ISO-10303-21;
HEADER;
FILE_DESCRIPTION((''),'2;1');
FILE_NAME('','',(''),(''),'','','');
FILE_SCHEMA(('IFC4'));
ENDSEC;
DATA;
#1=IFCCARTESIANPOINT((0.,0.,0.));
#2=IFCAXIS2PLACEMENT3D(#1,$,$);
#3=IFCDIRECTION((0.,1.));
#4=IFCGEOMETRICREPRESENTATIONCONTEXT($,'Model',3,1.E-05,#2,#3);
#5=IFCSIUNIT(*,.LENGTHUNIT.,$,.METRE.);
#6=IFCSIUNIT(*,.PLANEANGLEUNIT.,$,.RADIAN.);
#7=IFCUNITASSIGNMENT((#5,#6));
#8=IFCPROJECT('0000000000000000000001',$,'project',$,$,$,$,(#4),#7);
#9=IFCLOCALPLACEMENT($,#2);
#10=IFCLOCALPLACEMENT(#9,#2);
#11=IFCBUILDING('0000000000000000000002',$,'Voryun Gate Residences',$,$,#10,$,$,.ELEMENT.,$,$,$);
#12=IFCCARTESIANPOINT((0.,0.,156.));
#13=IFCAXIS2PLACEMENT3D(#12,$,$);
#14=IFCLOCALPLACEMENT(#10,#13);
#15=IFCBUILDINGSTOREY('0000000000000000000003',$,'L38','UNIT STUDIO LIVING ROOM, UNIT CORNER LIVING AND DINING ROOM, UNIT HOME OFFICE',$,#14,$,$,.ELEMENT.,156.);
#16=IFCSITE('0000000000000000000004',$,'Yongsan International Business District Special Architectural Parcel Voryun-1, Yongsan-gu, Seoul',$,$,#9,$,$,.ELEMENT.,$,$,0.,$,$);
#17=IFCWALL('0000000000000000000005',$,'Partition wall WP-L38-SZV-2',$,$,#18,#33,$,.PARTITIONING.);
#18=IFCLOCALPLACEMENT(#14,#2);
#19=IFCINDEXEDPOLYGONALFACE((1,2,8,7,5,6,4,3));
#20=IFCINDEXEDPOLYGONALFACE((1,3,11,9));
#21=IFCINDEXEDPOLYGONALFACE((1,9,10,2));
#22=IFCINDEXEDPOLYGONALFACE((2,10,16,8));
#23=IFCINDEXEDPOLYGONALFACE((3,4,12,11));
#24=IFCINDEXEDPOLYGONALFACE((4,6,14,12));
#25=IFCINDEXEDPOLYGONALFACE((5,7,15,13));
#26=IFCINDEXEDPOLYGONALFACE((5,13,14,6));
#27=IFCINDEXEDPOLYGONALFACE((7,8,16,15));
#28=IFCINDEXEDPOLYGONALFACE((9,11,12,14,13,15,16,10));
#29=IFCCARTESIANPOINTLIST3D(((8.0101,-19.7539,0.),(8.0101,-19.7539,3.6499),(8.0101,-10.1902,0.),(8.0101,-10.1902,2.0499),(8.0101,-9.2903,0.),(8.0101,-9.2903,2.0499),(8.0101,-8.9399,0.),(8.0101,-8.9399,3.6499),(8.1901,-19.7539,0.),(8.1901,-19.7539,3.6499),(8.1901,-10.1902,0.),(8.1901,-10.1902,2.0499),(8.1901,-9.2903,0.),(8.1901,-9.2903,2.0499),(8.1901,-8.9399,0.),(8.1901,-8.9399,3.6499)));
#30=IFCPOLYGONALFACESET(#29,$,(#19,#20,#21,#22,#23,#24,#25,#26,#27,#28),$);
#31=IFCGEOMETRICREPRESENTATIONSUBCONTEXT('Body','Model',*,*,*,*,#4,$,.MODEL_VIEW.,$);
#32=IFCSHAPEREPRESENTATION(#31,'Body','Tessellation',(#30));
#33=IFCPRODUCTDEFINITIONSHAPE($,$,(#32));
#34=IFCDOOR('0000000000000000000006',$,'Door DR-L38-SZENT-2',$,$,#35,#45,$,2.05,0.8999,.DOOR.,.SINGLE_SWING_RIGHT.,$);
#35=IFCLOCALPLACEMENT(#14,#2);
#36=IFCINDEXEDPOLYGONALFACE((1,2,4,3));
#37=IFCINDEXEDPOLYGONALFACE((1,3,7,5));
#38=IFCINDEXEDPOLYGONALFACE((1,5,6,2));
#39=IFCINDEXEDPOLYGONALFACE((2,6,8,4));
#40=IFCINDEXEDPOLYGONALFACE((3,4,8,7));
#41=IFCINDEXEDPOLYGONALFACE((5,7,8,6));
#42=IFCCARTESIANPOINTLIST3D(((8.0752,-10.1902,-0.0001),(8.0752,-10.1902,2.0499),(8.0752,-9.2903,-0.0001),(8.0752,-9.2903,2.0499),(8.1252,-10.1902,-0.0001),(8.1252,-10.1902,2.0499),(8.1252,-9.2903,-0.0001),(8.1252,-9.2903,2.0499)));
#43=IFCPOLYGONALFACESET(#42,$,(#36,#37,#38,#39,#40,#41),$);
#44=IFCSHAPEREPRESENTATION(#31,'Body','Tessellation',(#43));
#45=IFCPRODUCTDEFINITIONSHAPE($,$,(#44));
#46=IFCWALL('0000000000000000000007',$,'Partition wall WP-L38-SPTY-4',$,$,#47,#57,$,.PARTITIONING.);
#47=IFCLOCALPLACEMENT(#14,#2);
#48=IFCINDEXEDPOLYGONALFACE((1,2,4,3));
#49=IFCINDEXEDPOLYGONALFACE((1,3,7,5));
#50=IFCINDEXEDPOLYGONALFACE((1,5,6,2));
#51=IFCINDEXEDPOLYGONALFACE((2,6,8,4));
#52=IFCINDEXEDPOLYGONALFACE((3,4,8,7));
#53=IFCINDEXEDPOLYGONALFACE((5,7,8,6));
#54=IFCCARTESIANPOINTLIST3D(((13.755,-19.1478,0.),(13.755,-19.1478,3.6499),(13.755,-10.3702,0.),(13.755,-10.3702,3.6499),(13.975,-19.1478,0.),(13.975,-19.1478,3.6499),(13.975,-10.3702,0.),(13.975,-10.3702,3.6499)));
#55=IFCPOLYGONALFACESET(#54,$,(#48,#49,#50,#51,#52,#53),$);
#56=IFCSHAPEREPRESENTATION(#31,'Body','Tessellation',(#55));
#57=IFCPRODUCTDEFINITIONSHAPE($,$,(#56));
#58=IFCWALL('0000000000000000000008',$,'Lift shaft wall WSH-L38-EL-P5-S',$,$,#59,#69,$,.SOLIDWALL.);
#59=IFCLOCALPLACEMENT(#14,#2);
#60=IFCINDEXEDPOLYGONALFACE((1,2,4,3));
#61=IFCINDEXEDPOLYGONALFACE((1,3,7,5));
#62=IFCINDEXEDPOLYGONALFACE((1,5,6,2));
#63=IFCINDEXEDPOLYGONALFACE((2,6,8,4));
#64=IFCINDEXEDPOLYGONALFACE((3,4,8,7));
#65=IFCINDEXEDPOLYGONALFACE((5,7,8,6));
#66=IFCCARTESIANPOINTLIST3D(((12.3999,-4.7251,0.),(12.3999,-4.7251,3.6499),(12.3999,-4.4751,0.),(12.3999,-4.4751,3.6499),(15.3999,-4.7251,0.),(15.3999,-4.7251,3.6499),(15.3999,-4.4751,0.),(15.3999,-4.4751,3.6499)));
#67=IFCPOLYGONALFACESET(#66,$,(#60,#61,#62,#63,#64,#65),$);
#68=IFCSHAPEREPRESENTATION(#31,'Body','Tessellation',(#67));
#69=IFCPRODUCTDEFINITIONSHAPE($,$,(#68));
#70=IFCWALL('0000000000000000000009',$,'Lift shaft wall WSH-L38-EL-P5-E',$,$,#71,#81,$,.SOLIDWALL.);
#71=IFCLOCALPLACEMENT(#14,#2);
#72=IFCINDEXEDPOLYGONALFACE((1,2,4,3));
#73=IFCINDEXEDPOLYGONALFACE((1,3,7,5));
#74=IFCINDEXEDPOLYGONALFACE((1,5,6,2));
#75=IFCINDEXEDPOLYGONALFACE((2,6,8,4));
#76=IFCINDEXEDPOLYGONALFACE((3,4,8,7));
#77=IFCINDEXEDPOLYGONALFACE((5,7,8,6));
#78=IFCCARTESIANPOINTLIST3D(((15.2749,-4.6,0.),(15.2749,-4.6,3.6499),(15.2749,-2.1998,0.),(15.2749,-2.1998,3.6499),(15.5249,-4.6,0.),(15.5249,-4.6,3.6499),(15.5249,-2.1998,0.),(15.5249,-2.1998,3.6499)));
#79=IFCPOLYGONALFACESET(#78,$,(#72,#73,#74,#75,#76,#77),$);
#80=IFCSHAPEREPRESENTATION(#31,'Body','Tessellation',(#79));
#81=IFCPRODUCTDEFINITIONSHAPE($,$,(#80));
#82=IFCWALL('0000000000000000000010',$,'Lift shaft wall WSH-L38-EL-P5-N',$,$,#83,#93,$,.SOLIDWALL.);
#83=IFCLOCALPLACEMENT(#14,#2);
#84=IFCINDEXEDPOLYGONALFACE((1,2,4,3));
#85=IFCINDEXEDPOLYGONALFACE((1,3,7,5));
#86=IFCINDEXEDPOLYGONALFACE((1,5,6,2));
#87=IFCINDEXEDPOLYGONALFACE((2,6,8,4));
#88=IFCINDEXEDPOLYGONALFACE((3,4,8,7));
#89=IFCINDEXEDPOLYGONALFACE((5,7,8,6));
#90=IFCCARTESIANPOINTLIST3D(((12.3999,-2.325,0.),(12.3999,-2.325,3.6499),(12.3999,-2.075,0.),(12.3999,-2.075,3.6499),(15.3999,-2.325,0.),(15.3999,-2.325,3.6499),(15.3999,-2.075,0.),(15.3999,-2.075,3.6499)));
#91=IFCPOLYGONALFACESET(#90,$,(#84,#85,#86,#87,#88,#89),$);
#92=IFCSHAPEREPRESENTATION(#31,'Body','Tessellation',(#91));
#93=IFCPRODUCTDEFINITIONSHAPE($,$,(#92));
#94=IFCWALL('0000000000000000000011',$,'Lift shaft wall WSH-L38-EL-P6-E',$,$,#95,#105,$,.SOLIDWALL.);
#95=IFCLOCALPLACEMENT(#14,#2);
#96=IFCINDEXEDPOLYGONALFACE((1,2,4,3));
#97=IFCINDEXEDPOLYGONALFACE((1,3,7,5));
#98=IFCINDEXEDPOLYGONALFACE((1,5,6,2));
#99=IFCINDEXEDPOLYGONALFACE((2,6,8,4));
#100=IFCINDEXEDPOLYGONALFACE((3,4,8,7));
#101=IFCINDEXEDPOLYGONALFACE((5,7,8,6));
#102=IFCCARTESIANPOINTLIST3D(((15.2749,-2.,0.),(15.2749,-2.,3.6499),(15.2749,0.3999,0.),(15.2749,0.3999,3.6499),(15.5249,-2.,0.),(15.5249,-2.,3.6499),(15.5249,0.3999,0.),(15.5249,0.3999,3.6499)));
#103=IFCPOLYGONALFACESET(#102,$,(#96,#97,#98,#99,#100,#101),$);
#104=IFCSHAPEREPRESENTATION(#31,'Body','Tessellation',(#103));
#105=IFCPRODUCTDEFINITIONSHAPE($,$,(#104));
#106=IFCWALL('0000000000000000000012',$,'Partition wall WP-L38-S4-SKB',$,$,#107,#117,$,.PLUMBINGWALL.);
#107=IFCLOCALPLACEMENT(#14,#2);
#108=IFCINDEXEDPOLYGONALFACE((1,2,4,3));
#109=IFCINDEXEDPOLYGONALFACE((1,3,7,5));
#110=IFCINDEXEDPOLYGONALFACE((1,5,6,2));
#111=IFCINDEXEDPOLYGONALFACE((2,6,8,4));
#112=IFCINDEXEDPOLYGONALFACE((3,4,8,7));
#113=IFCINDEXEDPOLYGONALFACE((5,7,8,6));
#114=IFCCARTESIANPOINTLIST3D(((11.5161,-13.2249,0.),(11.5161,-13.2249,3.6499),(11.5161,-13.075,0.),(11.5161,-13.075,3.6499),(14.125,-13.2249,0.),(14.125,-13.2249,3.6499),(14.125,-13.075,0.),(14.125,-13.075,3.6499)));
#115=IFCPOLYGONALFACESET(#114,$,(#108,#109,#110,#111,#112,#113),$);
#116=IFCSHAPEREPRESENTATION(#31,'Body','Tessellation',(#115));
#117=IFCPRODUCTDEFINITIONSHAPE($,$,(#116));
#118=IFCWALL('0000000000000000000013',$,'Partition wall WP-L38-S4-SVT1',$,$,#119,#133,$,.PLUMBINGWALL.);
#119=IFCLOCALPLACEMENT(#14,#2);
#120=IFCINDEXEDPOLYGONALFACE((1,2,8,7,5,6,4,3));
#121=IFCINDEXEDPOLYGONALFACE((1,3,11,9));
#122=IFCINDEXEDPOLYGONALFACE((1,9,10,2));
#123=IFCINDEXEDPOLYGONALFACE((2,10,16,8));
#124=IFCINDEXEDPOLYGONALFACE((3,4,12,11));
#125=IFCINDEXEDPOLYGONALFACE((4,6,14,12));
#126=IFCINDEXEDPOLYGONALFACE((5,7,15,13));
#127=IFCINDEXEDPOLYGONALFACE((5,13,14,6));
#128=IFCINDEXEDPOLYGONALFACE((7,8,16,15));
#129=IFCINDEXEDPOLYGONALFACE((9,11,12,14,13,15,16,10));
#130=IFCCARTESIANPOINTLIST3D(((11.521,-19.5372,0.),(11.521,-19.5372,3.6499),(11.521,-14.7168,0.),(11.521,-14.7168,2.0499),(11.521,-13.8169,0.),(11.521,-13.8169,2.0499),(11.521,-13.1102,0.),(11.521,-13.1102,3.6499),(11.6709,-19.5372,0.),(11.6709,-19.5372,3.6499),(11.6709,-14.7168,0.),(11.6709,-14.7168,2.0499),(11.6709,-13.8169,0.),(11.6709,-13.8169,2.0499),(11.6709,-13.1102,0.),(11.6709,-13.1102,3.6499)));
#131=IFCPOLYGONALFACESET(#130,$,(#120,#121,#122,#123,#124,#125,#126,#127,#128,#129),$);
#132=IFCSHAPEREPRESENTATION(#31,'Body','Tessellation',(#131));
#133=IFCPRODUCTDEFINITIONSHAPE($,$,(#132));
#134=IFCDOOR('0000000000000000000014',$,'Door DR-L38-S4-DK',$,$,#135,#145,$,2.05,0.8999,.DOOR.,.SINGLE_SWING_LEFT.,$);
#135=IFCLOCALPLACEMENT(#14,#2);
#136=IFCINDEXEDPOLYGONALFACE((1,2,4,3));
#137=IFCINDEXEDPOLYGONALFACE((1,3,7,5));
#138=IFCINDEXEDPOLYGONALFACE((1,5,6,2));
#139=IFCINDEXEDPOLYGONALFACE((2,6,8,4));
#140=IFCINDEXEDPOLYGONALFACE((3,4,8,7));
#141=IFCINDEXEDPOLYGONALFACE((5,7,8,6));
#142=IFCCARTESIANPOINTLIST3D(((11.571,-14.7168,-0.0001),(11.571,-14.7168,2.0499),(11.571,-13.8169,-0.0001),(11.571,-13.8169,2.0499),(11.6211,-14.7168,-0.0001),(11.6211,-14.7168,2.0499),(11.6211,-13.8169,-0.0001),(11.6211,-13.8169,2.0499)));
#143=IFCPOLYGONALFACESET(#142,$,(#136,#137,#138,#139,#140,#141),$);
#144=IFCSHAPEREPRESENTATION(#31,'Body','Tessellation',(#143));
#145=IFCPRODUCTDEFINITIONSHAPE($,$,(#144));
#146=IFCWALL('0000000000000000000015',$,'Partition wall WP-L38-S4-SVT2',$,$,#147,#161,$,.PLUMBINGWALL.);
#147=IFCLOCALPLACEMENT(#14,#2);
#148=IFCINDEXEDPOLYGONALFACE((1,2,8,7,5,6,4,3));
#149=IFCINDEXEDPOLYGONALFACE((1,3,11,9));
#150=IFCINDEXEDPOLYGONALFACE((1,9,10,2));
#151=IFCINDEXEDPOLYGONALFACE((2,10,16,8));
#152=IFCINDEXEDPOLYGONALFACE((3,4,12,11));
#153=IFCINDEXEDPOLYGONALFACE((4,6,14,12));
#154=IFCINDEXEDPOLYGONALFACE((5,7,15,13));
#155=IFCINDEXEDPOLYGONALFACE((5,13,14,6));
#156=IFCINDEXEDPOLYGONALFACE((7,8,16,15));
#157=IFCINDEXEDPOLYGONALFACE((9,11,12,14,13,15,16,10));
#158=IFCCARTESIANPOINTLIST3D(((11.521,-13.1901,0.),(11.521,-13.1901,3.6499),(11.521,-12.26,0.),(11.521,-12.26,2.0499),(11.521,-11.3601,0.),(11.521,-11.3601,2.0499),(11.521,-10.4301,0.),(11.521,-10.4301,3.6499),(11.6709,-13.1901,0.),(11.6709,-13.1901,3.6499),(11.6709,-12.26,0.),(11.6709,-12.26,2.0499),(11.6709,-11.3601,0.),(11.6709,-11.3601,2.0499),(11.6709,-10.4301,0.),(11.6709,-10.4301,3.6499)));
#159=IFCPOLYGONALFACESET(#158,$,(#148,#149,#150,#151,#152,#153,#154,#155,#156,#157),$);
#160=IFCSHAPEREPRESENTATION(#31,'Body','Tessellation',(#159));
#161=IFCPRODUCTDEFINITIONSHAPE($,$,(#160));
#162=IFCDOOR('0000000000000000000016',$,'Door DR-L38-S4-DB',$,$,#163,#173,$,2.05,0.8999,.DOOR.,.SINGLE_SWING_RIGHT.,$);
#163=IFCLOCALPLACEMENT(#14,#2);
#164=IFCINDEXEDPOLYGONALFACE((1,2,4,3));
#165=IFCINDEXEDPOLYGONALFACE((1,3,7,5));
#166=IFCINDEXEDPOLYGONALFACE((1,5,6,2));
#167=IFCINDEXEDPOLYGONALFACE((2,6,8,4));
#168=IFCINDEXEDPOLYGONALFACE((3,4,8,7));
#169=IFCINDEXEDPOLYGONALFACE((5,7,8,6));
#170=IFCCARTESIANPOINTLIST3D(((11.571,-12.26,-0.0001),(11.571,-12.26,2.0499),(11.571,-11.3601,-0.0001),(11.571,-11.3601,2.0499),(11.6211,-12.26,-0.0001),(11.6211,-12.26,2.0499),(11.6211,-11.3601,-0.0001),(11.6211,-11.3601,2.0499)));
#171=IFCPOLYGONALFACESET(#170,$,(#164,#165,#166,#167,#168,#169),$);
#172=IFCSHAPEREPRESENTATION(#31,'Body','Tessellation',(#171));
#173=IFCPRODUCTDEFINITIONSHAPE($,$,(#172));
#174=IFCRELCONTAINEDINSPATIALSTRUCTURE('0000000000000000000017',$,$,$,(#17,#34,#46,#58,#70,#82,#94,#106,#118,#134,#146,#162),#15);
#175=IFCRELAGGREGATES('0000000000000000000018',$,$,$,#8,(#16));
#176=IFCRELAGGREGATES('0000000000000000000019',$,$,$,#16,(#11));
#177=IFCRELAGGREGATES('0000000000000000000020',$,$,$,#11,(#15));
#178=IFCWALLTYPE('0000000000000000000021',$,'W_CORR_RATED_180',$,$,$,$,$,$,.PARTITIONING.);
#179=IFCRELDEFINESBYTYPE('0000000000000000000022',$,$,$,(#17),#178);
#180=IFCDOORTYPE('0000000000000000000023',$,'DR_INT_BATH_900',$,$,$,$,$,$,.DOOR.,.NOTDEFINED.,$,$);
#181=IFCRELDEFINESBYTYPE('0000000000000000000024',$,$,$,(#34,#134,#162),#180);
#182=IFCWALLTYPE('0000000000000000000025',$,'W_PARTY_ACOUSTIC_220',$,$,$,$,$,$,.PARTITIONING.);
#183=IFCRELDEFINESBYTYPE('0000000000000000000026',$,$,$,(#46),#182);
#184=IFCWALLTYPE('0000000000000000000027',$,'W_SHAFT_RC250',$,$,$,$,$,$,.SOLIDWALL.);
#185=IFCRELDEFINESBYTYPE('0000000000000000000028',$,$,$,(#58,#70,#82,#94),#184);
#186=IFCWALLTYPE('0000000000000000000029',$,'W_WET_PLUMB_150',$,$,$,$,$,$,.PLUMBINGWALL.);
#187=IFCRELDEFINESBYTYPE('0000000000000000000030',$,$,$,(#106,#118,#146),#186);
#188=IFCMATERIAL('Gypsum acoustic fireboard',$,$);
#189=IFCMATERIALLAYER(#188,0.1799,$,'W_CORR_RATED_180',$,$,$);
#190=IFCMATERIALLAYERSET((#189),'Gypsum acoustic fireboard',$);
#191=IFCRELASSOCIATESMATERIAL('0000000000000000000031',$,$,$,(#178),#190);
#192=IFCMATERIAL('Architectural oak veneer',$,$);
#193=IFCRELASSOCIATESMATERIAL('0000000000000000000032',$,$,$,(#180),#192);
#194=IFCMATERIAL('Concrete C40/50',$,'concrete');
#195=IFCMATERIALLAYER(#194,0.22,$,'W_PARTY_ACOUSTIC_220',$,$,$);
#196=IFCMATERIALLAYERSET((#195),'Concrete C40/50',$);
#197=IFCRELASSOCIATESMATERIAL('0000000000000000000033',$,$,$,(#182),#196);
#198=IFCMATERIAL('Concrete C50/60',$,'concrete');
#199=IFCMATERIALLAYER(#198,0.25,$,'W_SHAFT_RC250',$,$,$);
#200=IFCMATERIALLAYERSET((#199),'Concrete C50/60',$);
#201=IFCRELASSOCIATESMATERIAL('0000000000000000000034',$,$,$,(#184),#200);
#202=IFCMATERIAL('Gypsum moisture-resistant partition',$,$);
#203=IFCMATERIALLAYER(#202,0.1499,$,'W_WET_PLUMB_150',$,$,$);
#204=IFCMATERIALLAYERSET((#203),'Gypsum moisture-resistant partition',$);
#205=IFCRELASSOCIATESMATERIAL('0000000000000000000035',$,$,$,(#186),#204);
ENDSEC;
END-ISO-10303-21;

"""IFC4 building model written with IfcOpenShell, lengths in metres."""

from ifc_helpers import new_model, si_unit, direction, frame, frame_2d, origin, place, context, subcontext, project, spatial, rectangle, extrude, material, layer, layer_set, type_object, element, fill, save


model = new_model("IFC4")

# Units and contexts
model_context = context("Model", 3, precision=1e-05, world=origin(), true_north=direction((0.0, 1.0)))
body_context = subcontext(model_context, "Body", "Model", "MODEL_VIEW")
ifc_project = project(units=[si_unit("LENGTHUNIT", "METRE"), si_unit("PLANEANGLEUNIT", "RADIAN")], contexts=[model_context])

# Site, building, storey
site_placement = place(None, origin())
site = spatial("IfcSite", under=ifc_project, at=site_placement, Name="Yongsan International Business District Special Architectural Parcel Voryun-1, Yongsan-gu, Seoul", CompositionType="ELEMENT", RefElevation=0.0)
building_placement = place(site_placement, origin())
building = spatial("IfcBuilding", under=site, at=building_placement, Name="Voryun Gate Residences", CompositionType="ELEMENT")
storey_placement = place(building_placement, frame((0.0, 0.0, 156.0)))
storey = spatial("IfcBuildingStorey", under=building, at=storey_placement, Name="L38", Description="UNIT STUDIO LIVING ROOM, UNIT CORNER LIVING AND DINING ROOM, UNIT HOME OFFICE", CompositionType="ELEMENT", Elevation=156.0)

# Shared definitions
ifc_material_1 = material(Name="Gypsum acoustic fireboard")
ifc_layer_1 = layer(ifc_material_1, 0.1799, Name="W_CORR_RATED_180")
ifc_layer_set_1 = layer_set([ifc_layer_1], Name="Gypsum acoustic fireboard")
wall_type_1 = type_object("IfcWallType", Name="W_CORR_RATED_180", PredefinedType="PARTITIONING", material=ifc_layer_set_1)

# Wall, opening, door
wall_1_placement = place(storey_placement, frame((8.1001, -19.7539, 0.0), z_axis=(0.0, 0.0, 1.0), x_axis=(0.0, 1.0, 0.0)))
wall_1 = element("IfcWall", 1, at=wall_1_placement, inside=storey, type_object=wall_type_1, Name="Partition wall WP-L38-SZV-2", PredefinedType="PARTITIONING", context=body_context, shape_type="SweptSolid", body=[
    extrude(rectangle(XDim=10.814, YDim=0.1799, at=frame_2d((5.407, 0.0))), origin(), (0.0, 0.0, 1.0), 3.6499),
])
opening_1_placement = place(wall_1_placement, frame((9.5637, 0.0, 0.0)))
opening_1 = element("IfcOpeningElement", 2, at=opening_1_placement, cuts=wall_1, PredefinedType="OPENING", context=body_context, shape_type="SweptSolid", body=[
    extrude(rectangle(XDim=0.8999, YDim=2.05, at=frame_2d((0.45, 1.0249))), frame((0.0, 0.0999, 0.0), z_axis=(0.0, -1.0, 0.0), x_axis=(1.0, 0.0, 0.0)), (0.0, 0.0, 1.0), 0.2),
])
ifc_material_2 = material(Name="Architectural oak veneer")
door_type_1 = type_object("IfcDoorType", Name="DR_INT_BATH_900", OperationType="NOTDEFINED", PredefinedType="DOOR", material=ifc_material_2)
door_1_placement = place(opening_1_placement, origin())
door_1 = element("IfcDoor", 3, at=door_1_placement, inside=storey, type_object=door_type_1, Name="Door DR-L38-SZENT-2", OperationType="SINGLE_SWING_RIGHT", OverallHeight=2.05, OverallWidth=0.8999, PredefinedType="DOOR", context=body_context, shape_type="SweptSolid", body=[
    extrude(rectangle(XDim=0.8999, YDim=2.05, at=frame_2d((0.45, 1.0249))), frame((0.0, 0.0249, 0.0), z_axis=(0.0, -1.0, 0.0), x_axis=(1.0, 0.0, 0.0)), (0.0, 0.0, 1.0), 0.05),
])
fill(opening_1, door_1)

# Walls
ifc_material_3 = material(Name="Concrete C40/50", Category="concrete")
ifc_layer_2 = layer(ifc_material_3, 0.22, Name="W_PARTY_ACOUSTIC_220")
ifc_layer_set_2 = layer_set([ifc_layer_2], Name="Concrete C40/50")
wall_type_2 = type_object("IfcWallType", Name="W_PARTY_ACOUSTIC_220", PredefinedType="PARTITIONING", material=ifc_layer_set_2)
wall_2_placement = place(storey_placement, frame((13.865, -19.1477, 0.0), z_axis=(0.0, 0.0, 1.0), x_axis=(0.0, 1.0, 0.0)))
element("IfcWall", 4, at=wall_2_placement, inside=storey, type_object=wall_type_2, Name="Partition wall WP-L38-SPTY-4", PredefinedType="PARTITIONING", context=body_context, shape_type="SweptSolid", body=[
    extrude(rectangle(XDim=8.7776, YDim=0.22, at=frame_2d((4.3887, 0.0))), origin(), (0.0, 0.0, 1.0), 3.6499),
])
ifc_material_4 = material(Name="Concrete C50/60", Category="concrete")
ifc_layer_3 = layer(ifc_material_4, 0.25, Name="W_SHAFT_RC250")
ifc_layer_set_3 = layer_set([ifc_layer_3], Name="Concrete C50/60")
wall_type_3 = type_object("IfcWallType", Name="W_SHAFT_RC250", PredefinedType="SOLIDWALL", material=ifc_layer_set_3)
wall_3_placement = place(storey_placement, frame((12.3999, -4.6001, 0.0), z_axis=(0.0, 0.0, 1.0), x_axis=(1.0, 0.0, 0.0)))
element("IfcWall", 5, at=wall_3_placement, inside=storey, type_object=wall_type_3, Name="Lift shaft wall WSH-L38-EL-P5-S", PredefinedType="SOLIDWALL", context=body_context, shape_type="SweptSolid", body=[
    extrude(rectangle(XDim=3.0, YDim=0.25, at=frame_2d((1.5, 0.0))), origin(), (0.0, 0.0, 1.0), 3.6499),
])
wall_4_placement = place(storey_placement, frame((15.3999, -4.6001, 0.0), z_axis=(0.0, 0.0, 1.0), x_axis=(0.0, 1.0, 0.0)))
element("IfcWall", 6, at=wall_4_placement, inside=storey, type_object=wall_type_3, Name="Lift shaft wall WSH-L38-EL-P5-E", PredefinedType="SOLIDWALL", context=body_context, shape_type="SweptSolid", body=[
    extrude(rectangle(XDim=2.4001, YDim=0.25, at=frame_2d((1.2002, 0.0))), origin(), (0.0, 0.0, 1.0), 3.6499),
])
wall_5_placement = place(storey_placement, frame((15.3999, -2.2, 0.0), z_axis=(0.0, 0.0, 1.0), x_axis=(-1.0, 0.0, 0.0)))
element("IfcWall", 7, at=wall_5_placement, inside=storey, type_object=wall_type_3, Name="Lift shaft wall WSH-L38-EL-P5-N", PredefinedType="SOLIDWALL", context=body_context, shape_type="SweptSolid", body=[
    extrude(rectangle(XDim=3.0, YDim=0.25, at=frame_2d((1.5, 0.0))), origin(), (0.0, 0.0, 1.0), 3.6499),
])
wall_6_placement = place(storey_placement, frame((15.3999, -2.0, 0.0), z_axis=(0.0, 0.0, 1.0), x_axis=(0.0, 1.0, 0.0)))
element("IfcWall", 8, at=wall_6_placement, inside=storey, type_object=wall_type_3, Name="Lift shaft wall WSH-L38-EL-P6-E", PredefinedType="SOLIDWALL", context=body_context, shape_type="SweptSolid", body=[
    extrude(rectangle(XDim=2.3999, YDim=0.25, at=frame_2d((1.2, 0.0))), origin(), (0.0, 0.0, 1.0), 3.6499),
])
ifc_material_5 = material(Name="Gypsum moisture-resistant partition")
ifc_layer_4 = layer(ifc_material_5, 0.1499, Name="W_WET_PLUMB_150")
ifc_layer_set_4 = layer_set([ifc_layer_4], Name="Gypsum moisture-resistant partition")
wall_type_4 = type_object("IfcWallType", Name="W_WET_PLUMB_150", PredefinedType="PLUMBINGWALL", material=ifc_layer_set_4)
wall_7_placement = place(storey_placement, frame((11.5161, -13.1499, 0.0), z_axis=(0.0, 0.0, 1.0), x_axis=(1.0, 0.0, 0.0)))
element("IfcWall", 9, at=wall_7_placement, inside=storey, type_object=wall_type_4, Name="Partition wall WP-L38-S4-SKB", PredefinedType="PLUMBINGWALL", context=body_context, shape_type="SweptSolid", body=[
    extrude(rectangle(XDim=2.6089, YDim=0.1499, at=frame_2d((1.3044, 0.0))), origin(), (0.0, 0.0, 1.0), 3.6499),
])

# Walls, openings, doors
wall_8_placement = place(storey_placement, frame((11.5959, -19.5371, 0.0), z_axis=(0.0, 0.0, 1.0), x_axis=(0.0, 1.0, 0.0)))
wall_8 = element("IfcWall", 10, at=wall_8_placement, inside=storey, type_object=wall_type_4, Name="Partition wall WP-L38-S4-SVT1", PredefinedType="PLUMBINGWALL", context=body_context, shape_type="SweptSolid", body=[
    extrude(rectangle(XDim=6.427, YDim=0.1499, at=frame_2d((3.2134, 0.0))), origin(), (0.0, 0.0, 1.0), 3.6499),
])
opening_2_placement = place(wall_8_placement, frame((4.8203, 0.0, 0.0)))
opening_2 = element("IfcOpeningElement", 11, at=opening_2_placement, cuts=wall_8, PredefinedType="OPENING", context=body_context, shape_type="SweptSolid", body=[
    extrude(rectangle(XDim=0.8999, YDim=2.05, at=frame_2d((0.45, 1.0249))), frame((0.0, 0.085, 0.0), z_axis=(0.0, -1.0, 0.0), x_axis=(1.0, 0.0, 0.0)), (0.0, 0.0, 1.0), 0.1699),
])
door_2_placement = place(opening_2_placement, origin())
door_2 = element("IfcDoor", 12, at=door_2_placement, inside=storey, type_object=door_type_1, Name="Door DR-L38-S4-DK", OperationType="SINGLE_SWING_LEFT", OverallHeight=2.05, OverallWidth=0.8999, PredefinedType="DOOR", context=body_context, shape_type="SweptSolid", body=[
    extrude(rectangle(XDim=0.8999, YDim=2.05, at=frame_2d((0.45, 1.0249))), frame((0.0, 0.0249, 0.0), z_axis=(0.0, -1.0, 0.0), x_axis=(1.0, 0.0, 0.0)), (0.0, 0.0, 1.0), 0.05),
])
fill(opening_2, door_2)
wall_9_placement = place(storey_placement, frame((11.5959, -13.1899, 0.0), z_axis=(0.0, 0.0, 1.0), x_axis=(0.0, 1.0, 0.0)))
wall_9 = element("IfcWall", 13, at=wall_9_placement, inside=storey, type_object=wall_type_4, Name="Partition wall WP-L38-S4-SVT2", PredefinedType="PLUMBINGWALL", context=body_context, shape_type="SweptSolid", body=[
    extrude(rectangle(XDim=2.76, YDim=0.1499, at=frame_2d((1.3799, 0.0))), origin(), (0.0, 0.0, 1.0), 3.6499),
])
opening_3_placement = place(wall_9_placement, frame((0.9299, 0.0, 0.0)))
opening_3 = element("IfcOpeningElement", 14, at=opening_3_placement, cuts=wall_9, PredefinedType="OPENING", context=body_context, shape_type="SweptSolid", body=[
    extrude(rectangle(XDim=0.8999, YDim=2.05, at=frame_2d((0.45, 1.0249))), frame((0.0, 0.085, 0.0), z_axis=(0.0, -1.0, 0.0), x_axis=(1.0, 0.0, 0.0)), (0.0, 0.0, 1.0), 0.1699),
])
door_3_placement = place(opening_3_placement, origin())
door_3 = element("IfcDoor", 15, at=door_3_placement, inside=storey, type_object=door_type_1, Name="Door DR-L38-S4-DB", OperationType="SINGLE_SWING_RIGHT", OverallHeight=2.05, OverallWidth=0.8999, PredefinedType="DOOR", context=body_context, shape_type="SweptSolid", body=[
    extrude(rectangle(XDim=0.8999, YDim=2.05, at=frame_2d((0.45, 1.0249))), frame((0.0, 0.0249, 0.0), z_axis=(0.0, -1.0, 0.0), x_axis=(1.0, 0.0, 0.0)), (0.0, 0.0, 1.0), 0.05),
])
fill(opening_3, door_3)

save(model, "model.ifc")
